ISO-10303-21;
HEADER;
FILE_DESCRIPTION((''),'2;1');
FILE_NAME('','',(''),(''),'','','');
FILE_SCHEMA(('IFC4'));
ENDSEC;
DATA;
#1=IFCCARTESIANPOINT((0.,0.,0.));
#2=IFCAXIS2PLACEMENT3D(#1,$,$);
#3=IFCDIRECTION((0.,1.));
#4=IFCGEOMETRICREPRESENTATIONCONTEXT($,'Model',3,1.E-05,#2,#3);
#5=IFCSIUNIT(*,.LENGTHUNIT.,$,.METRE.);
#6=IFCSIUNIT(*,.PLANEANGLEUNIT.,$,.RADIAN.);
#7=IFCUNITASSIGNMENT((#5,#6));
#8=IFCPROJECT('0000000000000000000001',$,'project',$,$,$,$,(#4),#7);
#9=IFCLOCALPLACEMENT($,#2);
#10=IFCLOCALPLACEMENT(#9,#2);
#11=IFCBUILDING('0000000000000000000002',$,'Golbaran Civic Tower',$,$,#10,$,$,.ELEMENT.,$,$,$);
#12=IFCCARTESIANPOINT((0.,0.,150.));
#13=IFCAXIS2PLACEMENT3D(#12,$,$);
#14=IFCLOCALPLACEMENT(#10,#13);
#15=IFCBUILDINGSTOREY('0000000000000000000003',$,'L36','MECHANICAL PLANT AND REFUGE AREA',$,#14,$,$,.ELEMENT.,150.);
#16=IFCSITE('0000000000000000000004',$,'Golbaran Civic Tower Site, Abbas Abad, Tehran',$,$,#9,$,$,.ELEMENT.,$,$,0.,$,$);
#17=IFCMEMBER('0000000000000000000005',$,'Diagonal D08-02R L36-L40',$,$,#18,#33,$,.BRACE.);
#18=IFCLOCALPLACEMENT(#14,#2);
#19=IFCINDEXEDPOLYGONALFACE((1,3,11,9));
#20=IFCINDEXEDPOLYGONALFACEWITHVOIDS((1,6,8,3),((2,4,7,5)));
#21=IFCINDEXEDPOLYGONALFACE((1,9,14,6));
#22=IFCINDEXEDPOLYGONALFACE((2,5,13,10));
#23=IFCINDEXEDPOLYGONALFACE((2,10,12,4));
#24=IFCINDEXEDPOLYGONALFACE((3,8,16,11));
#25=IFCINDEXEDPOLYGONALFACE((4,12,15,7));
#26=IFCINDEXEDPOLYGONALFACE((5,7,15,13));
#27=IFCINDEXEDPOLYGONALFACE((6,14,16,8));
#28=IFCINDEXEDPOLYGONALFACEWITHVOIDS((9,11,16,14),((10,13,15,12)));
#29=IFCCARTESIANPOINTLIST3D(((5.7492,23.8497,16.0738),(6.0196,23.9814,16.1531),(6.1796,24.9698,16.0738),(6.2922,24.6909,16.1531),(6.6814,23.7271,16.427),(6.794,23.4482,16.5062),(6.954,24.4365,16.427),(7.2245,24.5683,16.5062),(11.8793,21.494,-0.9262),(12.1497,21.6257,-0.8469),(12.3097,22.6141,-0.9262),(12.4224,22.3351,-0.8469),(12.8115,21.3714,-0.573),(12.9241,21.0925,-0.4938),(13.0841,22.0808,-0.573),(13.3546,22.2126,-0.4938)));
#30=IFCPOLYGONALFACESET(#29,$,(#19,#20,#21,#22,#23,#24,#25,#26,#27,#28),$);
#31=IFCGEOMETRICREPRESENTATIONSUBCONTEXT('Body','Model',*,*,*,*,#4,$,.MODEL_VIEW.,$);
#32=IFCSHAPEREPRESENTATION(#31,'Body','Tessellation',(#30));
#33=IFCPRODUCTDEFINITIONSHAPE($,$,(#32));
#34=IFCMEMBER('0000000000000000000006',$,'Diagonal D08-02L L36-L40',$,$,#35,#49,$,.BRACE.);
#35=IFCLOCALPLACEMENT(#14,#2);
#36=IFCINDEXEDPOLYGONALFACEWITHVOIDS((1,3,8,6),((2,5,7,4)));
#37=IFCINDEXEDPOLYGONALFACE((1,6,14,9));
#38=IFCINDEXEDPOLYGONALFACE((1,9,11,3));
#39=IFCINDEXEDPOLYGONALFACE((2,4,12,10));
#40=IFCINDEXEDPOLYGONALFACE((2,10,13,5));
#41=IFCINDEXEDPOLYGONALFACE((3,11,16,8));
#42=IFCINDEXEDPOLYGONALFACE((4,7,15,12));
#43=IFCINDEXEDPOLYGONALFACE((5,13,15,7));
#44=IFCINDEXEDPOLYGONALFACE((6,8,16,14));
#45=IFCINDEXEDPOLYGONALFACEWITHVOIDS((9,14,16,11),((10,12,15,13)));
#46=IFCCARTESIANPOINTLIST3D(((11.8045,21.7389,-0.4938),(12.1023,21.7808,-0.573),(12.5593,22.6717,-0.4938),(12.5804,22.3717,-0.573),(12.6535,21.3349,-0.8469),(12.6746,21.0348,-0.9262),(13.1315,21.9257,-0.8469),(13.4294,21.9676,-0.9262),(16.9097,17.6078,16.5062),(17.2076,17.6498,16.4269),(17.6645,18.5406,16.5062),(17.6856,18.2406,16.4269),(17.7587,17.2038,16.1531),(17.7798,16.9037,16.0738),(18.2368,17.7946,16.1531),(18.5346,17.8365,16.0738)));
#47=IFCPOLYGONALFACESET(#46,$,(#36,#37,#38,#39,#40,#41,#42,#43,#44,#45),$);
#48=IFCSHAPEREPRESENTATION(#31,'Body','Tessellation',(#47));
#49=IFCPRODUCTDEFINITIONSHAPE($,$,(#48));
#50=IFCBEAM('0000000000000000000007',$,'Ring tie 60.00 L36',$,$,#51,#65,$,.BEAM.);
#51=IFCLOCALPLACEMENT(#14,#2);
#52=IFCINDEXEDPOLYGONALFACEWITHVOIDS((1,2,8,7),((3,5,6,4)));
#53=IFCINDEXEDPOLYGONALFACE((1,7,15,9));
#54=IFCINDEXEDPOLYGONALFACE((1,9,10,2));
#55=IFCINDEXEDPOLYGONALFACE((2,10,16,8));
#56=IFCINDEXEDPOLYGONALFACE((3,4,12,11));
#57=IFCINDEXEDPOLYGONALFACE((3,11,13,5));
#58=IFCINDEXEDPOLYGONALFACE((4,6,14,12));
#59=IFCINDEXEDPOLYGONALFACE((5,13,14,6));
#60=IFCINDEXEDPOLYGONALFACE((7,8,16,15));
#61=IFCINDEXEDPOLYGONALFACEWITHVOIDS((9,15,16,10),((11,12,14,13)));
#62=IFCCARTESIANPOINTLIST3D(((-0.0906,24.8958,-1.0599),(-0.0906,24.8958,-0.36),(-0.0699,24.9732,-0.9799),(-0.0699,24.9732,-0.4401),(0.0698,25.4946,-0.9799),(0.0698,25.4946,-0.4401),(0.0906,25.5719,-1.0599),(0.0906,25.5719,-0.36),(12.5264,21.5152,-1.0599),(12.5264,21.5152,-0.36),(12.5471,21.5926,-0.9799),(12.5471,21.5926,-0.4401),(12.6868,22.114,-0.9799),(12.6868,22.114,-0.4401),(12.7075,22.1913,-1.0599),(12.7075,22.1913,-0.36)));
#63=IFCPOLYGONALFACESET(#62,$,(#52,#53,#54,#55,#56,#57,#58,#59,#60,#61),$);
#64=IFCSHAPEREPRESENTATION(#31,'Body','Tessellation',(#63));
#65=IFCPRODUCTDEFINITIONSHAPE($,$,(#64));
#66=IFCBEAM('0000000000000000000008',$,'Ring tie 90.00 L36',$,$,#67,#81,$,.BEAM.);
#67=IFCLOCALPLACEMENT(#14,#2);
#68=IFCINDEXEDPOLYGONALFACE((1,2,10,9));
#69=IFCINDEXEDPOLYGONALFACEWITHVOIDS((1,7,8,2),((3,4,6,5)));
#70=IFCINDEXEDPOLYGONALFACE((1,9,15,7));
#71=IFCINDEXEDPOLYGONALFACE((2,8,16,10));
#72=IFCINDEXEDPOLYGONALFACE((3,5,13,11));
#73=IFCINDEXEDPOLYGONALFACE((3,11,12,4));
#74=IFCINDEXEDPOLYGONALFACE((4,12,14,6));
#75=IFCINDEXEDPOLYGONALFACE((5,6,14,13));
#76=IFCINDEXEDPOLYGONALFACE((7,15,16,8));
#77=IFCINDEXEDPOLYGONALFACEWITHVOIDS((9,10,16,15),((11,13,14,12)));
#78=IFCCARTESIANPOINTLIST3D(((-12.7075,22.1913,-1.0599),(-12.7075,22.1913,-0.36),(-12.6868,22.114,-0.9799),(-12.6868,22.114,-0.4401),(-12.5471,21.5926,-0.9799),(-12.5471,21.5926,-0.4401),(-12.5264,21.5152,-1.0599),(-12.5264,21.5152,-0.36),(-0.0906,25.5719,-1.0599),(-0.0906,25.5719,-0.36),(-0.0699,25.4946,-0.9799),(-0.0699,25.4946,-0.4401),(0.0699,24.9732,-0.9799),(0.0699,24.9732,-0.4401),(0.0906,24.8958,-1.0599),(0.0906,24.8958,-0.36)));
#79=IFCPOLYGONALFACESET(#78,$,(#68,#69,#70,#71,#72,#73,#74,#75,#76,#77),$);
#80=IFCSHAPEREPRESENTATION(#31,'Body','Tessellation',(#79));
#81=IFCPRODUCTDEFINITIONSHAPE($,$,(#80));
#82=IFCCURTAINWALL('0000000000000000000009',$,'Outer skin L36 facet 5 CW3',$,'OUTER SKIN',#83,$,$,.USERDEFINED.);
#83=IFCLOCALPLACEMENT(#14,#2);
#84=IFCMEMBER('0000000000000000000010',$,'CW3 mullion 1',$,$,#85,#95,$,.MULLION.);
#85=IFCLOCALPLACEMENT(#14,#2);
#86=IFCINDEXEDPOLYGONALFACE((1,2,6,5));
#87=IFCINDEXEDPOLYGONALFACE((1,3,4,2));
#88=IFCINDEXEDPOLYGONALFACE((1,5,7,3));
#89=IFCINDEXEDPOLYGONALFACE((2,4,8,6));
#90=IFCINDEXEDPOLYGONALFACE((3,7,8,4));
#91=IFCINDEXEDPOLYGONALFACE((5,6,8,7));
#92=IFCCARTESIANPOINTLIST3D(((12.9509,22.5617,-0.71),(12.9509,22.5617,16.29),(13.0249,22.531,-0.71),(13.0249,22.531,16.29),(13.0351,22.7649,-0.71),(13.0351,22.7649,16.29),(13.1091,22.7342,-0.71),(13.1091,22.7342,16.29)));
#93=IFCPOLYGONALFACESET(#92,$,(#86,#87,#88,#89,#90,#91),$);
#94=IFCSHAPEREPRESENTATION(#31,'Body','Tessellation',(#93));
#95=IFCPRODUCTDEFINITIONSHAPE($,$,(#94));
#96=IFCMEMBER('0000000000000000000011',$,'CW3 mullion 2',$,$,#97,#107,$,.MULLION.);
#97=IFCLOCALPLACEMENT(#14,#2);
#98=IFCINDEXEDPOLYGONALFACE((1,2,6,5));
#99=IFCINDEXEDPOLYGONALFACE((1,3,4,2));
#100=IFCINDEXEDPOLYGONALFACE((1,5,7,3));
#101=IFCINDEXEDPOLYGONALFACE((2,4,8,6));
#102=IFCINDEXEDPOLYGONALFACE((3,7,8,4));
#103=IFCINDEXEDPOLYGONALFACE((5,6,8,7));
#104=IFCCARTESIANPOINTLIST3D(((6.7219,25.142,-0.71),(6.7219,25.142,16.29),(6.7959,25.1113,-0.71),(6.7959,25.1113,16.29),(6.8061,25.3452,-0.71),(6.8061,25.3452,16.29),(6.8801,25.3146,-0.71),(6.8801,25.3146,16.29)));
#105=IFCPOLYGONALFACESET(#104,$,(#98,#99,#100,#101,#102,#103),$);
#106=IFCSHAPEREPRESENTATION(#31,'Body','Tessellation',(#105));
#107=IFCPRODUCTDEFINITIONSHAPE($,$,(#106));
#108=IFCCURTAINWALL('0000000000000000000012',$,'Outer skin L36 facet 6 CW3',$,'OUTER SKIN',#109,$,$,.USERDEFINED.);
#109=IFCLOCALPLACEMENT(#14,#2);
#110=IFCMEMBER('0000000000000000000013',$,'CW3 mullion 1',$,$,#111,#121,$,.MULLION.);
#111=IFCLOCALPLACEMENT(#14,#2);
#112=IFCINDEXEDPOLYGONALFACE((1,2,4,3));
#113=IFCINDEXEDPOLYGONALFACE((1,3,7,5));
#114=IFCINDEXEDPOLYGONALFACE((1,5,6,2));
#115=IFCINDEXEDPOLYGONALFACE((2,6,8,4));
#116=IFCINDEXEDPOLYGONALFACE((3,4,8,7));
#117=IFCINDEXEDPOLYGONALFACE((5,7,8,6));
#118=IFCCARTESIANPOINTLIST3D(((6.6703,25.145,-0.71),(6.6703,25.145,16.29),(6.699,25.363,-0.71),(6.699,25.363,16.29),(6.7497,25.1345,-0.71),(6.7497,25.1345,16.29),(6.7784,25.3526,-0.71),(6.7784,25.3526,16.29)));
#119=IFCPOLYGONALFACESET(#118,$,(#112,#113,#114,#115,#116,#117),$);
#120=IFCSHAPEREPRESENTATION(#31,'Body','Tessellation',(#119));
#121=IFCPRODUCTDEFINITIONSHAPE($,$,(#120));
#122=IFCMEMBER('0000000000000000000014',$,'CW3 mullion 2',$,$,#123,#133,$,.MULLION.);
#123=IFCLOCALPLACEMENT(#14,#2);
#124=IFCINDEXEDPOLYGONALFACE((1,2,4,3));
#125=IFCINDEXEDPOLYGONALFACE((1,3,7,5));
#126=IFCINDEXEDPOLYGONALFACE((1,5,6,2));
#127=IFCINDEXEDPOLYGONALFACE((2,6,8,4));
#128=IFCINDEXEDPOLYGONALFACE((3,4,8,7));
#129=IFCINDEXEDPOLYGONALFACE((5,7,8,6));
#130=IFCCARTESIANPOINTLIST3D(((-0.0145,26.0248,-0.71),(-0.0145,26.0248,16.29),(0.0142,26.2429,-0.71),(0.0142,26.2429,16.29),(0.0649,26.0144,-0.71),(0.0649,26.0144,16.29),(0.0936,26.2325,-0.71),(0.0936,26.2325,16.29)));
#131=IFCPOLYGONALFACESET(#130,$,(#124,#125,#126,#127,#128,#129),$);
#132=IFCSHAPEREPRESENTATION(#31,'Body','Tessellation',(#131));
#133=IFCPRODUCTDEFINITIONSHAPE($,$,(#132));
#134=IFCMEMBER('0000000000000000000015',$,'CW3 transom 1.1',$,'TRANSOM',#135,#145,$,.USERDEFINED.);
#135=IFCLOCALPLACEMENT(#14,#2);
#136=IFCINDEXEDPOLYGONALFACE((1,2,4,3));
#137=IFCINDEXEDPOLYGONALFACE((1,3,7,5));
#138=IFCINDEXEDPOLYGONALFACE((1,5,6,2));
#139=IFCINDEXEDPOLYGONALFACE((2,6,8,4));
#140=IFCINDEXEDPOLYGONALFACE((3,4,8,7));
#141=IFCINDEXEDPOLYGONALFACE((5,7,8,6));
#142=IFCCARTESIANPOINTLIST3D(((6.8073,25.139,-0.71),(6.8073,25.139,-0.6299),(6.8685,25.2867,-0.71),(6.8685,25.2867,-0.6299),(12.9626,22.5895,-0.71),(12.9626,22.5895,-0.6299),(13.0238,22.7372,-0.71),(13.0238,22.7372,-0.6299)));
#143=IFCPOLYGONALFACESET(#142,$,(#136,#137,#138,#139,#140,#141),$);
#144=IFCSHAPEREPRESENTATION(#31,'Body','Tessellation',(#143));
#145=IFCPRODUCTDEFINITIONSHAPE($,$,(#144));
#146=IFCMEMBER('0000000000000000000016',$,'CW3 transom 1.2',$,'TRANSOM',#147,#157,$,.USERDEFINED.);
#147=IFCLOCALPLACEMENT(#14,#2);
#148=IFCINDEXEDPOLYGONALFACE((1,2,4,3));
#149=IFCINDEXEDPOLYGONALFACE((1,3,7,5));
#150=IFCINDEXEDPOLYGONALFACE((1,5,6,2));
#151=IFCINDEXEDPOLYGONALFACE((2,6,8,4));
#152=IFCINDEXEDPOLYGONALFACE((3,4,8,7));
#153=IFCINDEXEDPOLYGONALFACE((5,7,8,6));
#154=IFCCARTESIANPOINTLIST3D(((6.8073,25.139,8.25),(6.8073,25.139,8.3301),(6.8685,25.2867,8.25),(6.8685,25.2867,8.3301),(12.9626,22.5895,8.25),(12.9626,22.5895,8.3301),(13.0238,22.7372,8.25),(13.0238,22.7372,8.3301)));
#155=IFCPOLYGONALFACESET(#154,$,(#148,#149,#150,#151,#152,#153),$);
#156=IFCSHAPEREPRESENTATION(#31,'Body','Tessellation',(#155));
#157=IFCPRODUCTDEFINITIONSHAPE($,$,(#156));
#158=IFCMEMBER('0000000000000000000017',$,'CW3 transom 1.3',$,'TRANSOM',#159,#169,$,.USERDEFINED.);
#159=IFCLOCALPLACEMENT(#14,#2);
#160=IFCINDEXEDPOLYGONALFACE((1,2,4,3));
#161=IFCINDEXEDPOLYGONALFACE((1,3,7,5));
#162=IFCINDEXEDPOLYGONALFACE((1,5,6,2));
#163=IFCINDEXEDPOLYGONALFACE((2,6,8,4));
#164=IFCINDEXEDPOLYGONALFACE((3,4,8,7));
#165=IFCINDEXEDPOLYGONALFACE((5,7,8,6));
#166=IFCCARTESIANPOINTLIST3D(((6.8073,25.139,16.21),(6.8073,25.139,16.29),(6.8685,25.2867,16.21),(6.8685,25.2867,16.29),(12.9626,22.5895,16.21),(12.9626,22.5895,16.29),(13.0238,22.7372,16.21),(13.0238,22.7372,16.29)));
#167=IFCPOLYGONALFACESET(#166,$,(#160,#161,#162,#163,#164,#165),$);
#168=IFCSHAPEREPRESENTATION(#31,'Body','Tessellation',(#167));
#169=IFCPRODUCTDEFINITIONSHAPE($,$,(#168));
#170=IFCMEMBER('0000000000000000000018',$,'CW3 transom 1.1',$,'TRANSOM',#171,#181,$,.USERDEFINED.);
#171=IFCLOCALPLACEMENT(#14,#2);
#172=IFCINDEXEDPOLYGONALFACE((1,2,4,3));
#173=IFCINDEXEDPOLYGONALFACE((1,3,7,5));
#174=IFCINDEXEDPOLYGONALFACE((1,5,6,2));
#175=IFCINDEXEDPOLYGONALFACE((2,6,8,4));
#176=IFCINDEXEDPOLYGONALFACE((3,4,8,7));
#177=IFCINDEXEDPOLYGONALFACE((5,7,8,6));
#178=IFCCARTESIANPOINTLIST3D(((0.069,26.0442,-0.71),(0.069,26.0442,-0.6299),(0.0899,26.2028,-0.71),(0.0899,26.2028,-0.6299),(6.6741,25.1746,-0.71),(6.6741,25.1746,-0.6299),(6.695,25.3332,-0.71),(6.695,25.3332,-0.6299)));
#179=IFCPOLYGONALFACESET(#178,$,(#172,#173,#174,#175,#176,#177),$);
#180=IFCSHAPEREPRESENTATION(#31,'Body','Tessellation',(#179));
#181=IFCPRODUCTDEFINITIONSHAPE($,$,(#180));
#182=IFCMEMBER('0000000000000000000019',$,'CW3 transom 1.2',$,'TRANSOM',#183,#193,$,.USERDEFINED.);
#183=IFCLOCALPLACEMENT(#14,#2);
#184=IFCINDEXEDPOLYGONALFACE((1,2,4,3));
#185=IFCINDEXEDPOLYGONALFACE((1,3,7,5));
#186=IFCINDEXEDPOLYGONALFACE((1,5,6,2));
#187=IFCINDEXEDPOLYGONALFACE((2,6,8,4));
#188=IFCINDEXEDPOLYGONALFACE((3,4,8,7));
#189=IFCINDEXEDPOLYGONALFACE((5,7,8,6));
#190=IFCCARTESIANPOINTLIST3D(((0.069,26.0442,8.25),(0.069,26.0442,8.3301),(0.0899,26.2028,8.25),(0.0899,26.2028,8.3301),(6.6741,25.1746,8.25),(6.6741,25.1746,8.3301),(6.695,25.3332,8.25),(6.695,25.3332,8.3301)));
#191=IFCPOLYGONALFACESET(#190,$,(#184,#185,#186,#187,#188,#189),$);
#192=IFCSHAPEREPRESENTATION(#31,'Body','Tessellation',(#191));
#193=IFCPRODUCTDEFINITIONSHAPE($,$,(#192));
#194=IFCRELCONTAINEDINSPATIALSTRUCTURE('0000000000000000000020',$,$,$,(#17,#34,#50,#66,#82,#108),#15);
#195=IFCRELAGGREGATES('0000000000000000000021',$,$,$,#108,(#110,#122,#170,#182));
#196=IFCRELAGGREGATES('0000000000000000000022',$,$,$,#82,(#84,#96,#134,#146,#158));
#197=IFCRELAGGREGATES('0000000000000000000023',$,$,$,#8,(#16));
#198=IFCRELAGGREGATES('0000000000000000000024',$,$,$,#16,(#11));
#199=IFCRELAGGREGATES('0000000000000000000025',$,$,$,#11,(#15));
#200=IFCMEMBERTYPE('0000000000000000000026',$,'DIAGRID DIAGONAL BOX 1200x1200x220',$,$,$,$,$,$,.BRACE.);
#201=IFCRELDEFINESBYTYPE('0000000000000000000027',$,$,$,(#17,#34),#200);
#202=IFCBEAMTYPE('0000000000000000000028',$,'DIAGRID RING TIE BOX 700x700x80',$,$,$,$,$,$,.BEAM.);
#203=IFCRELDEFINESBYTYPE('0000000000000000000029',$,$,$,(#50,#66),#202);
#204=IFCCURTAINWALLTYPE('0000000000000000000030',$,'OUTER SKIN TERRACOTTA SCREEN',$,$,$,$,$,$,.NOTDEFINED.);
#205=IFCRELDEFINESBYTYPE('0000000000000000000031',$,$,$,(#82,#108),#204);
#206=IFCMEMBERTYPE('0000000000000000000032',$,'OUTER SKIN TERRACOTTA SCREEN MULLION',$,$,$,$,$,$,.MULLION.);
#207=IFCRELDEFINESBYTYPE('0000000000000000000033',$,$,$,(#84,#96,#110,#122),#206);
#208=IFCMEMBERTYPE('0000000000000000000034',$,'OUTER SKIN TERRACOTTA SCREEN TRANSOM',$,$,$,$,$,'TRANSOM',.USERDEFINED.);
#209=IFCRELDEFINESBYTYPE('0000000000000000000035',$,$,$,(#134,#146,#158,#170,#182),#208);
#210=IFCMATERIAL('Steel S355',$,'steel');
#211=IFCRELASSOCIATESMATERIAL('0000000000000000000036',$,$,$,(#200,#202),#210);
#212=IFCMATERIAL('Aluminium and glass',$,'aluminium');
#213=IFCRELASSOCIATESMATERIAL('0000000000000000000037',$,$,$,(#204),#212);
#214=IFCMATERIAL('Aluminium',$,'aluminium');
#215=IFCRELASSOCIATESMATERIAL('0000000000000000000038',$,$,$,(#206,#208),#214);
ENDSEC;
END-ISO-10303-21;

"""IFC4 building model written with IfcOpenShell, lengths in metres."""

from ifc_helpers import new_model, si_unit, direction, frame, origin, origin_2d, place, context, subcontext, project, spatial, rectangle, hollow_rectangle, extrude, material, material_profile, profile_set, type_object, element, aggregate, save


model = new_model("IFC4")

# Units and contexts
model_context = context("Model", 3, precision=1e-05, world=origin(), true_north=direction((0.0, 1.0)))
body_context = subcontext(model_context, "Body", "Model", "MODEL_VIEW")
ifc_project = project(units=[si_unit("LENGTHUNIT", "METRE"), si_unit("PLANEANGLEUNIT", "RADIAN")], contexts=[model_context])

# Site, building, storey
site_placement = place(None, origin())
site = spatial("IfcSite", under=ifc_project, at=site_placement, Name="Golbaran Civic Tower Site, Abbas Abad, Tehran", CompositionType="ELEMENT", RefElevation=0.0)
building_placement = place(site_placement, origin())
building = spatial("IfcBuilding", under=site, at=building_placement, Name="Golbaran Civic Tower", CompositionType="ELEMENT")
storey_placement = place(building_placement, frame((0.0, 0.0, 150.0)))
storey = spatial("IfcBuildingStorey", under=building, at=storey_placement, Name="L36", Description="MECHANICAL PLANT AND REFUGE AREA", CompositionType="ELEMENT", Elevation=150.0)

# Members
ifc_material_1 = material(Name="Steel S355", Category="steel")
ifc_material_profile_1 = material_profile(ifc_material_1, hollow_rectangle(XDim=1.2, YDim=1.2, WallThickness=0.22, at=origin_2d()), Name="BOX 1200x1200x220")
ifc_profile_set_1 = profile_set([ifc_material_profile_1], Name="Steel S355")
member_type_1 = type_object("IfcMemberType", Name="DIAGRID DIAGONAL BOX 1200x1200x220", PredefinedType="BRACE", material=ifc_profile_set_1)
for number, where, z_axis, x_axis, name in (
    (1, (12.6169, 21.8533, -0.71), (-0.33637, 0.129262, 0.932817), (-0.35871, -0.933449, 0.0), "Diagonal D08-02R L36-L40"),
    (2, (12.6169, 21.8533, -0.71), (0.280131, -0.22668, 0.932815), (0.629042, 0.777371, 0.0), "Diagonal D08-02L L36-L40"),
):
    element("IfcMember", number, at=place(storey_placement, frame(where, z_axis=z_axis, x_axis=x_axis)), inside=storey, type_object=member_type_1, Name=name, PredefinedType="BRACE", context=body_context, shape_type="SweptSolid", body=[
        extrude(hollow_rectangle(XDim=1.2, YDim=1.2, WallThickness=0.22, at=origin_2d()), origin(), (0.0, 0.0, 1.0), 18.2244),
    ])

# Beams
ifc_material_profile_2 = material_profile(ifc_material_1, hollow_rectangle(XDim=0.7, YDim=0.7, WallThickness=0.0801, at=origin_2d()), Name="BOX 700x700x80")
ifc_profile_set_2 = profile_set([ifc_material_profile_2], Name="Steel S355")
beam_type = type_object("IfcBeamType", Name="DIAGRID RING TIE BOX 700x700x80", PredefinedType="BEAM", material=ifc_profile_set_2)
for number, where, z_axis, x_axis, name in (
    (3, (12.6169, 21.8533, -0.71), (-0.965927, 0.258813, 0.0), (-0.258813, -0.965927, 0.0), "Ring tie 60.00 L36"),
    (4, (0.0, 25.2339, -0.71), (-0.965927, -0.258813, 0.0), (0.258813, -0.965927, 0.0), "Ring tie 90.00 L36"),
):
    element("IfcBeam", number, at=place(storey_placement, frame(where, z_axis=z_axis, x_axis=x_axis)), inside=storey, type_object=beam_type, Name=name, PredefinedType="BEAM", context=body_context, shape_type="SweptSolid", body=[
        extrude(hollow_rectangle(XDim=0.7, YDim=0.7, WallThickness=0.0801, at=origin_2d()), origin(), (0.0, 0.0, 1.0), 13.062),
    ])

# Curtain walls, members
ifc_material_2 = material(Name="Aluminium and glass", Category="aluminium")
curtain_wall_type_1 = type_object("IfcCurtainWallType", Name="OUTER SKIN TERRACOTTA SCREEN", PredefinedType="NOTDEFINED", material=ifc_material_2)
curtain_wall_1_placement = place(storey_placement, origin())
curtain_wall_1 = element("IfcCurtainWall", 5, at=curtain_wall_1_placement, inside=storey, type_object=curtain_wall_type_1, Name="Outer skin L36 facet 5 CW3", ObjectType="OUTER SKIN", PredefinedType="USERDEFINED")
ifc_material_3 = material(Name="Aluminium", Category="aluminium")
ifc_material_profile_3 = material_profile(ifc_material_3, rectangle(XDim=0.22, YDim=0.0801, at=origin_2d()), Name="OUTER SKIN TERRACOTTA SCREEN MULLION")
ifc_profile_set_3 = profile_set([ifc_material_profile_3], Name="Aluminium")
member_type_2 = type_object("IfcMemberType", Name="OUTER SKIN TERRACOTTA SCREEN MULLION", PredefinedType="MULLION", material=ifc_profile_set_3)
member_1_placement = place(storey_placement, frame((13.03, 22.6479, -0.71), z_axis=(0.0, 0.0, 1.0), x_axis=(-0.382683, -0.92388, 0.0)))
member_1 = element("IfcMember", 6, at=member_1_placement, type_object=member_type_2, Name="CW3 mullion 1", PredefinedType="MULLION", context=body_context, shape_type="SweptSolid", body=[
    extrude(rectangle(XDim=0.22, YDim=0.0801, at=origin_2d()), origin(), (0.0, 0.0, 1.0), 17.0),
])
member_2_placement = place(storey_placement, frame((6.801, 25.2283, -0.71), z_axis=(0.0, 0.0, 1.0), x_axis=(-0.382683, -0.92388, 0.0)))
member_2 = element("IfcMember", 7, at=member_2_placement, type_object=member_type_2, Name="CW3 mullion 2", PredefinedType="MULLION", context=body_context, shape_type="SweptSolid", body=[
    extrude(rectangle(XDim=0.22, YDim=0.0801, at=origin_2d()), origin(), (0.0, 0.0, 1.0), 17.0),
])
curtain_wall_2_placement = place(storey_placement, origin())
curtain_wall_2 = element("IfcCurtainWall", 8, at=curtain_wall_2_placement, inside=storey, type_object=curtain_wall_type_1, Name="Outer skin L36 facet 6 CW3", ObjectType="OUTER SKIN", PredefinedType="USERDEFINED")
member_3_placement = place(storey_placement, frame((6.7244, 25.2488, -0.71), z_axis=(0.0, 0.0, 1.0), x_axis=(-0.130526, -0.991445, 0.0)))
member_3 = element("IfcMember", 9, at=member_3_placement, type_object=member_type_2, Name="CW3 mullion 1", PredefinedType="MULLION", context=body_context, shape_type="SweptSolid", body=[
    extrude(rectangle(XDim=0.22, YDim=0.0801, at=origin_2d()), origin(), (0.0, 0.0, 1.0), 17.0),
])
member_4_placement = place(storey_placement, frame((0.0396, 26.1287, -0.71), z_axis=(0.0, 0.0, 1.0), x_axis=(-0.130526, -0.991445, 0.0)))
member_4 = element("IfcMember", 10, at=member_4_placement, type_object=member_type_2, Name="CW3 mullion 2", PredefinedType="MULLION", context=body_context, shape_type="SweptSolid", body=[
    extrude(rectangle(XDim=0.22, YDim=0.0801, at=origin_2d()), origin(), (0.0, 0.0, 1.0), 17.0),
])

# Members
ifc_material_profile_4 = material_profile(ifc_material_3, rectangle(XDim=0.1599, YDim=0.0801, at=origin_2d()), Name="OUTER SKIN TERRACOTTA SCREEN TRANSOM")
ifc_profile_set_4 = profile_set([ifc_material_profile_4], Name="Aluminium")
member_type_3 = type_object("IfcMemberType", Name="OUTER SKIN TERRACOTTA SCREEN TRANSOM", ElementType="TRANSOM", PredefinedType="USERDEFINED", material=ifc_profile_set_4)
member_5_placement = place(storey_placement, frame((12.9932, 22.6633, -0.6699), z_axis=(-0.923882, 0.382679, 0.0), x_axis=(-0.382679, -0.923882, 0.0)))
member_5 = element("IfcMember", 11, at=member_5_placement, type_object=member_type_3, Name="CW3 transom 1.1", ObjectType="TRANSOM", PredefinedType="USERDEFINED", context=body_context, shape_type="SweptSolid", body=[
    extrude(rectangle(XDim=0.1599, YDim=0.0801, at=origin_2d()), origin(), (0.0, 0.0, 1.0), 6.6624),
])
member_6_placement = place(storey_placement, frame((12.9932, 22.6633, 8.29), z_axis=(-0.923882, 0.382679, 0.0), x_axis=(-0.382679, -0.923882, 0.0)))
member_6 = element("IfcMember", 12, at=member_6_placement, type_object=member_type_3, Name="CW3 transom 1.2", ObjectType="TRANSOM", PredefinedType="USERDEFINED", context=body_context, shape_type="SweptSolid", body=[
    extrude(rectangle(XDim=0.1599, YDim=0.0801, at=origin_2d()), origin(), (0.0, 0.0, 1.0), 6.6624),
])
member_7_placement = place(storey_placement, frame((12.9932, 22.6633, 16.25), z_axis=(-0.923882, 0.382679, 0.0), x_axis=(-0.382679, -0.923882, 0.0)))
member_7 = element("IfcMember", 13, at=member_7_placement, type_object=member_type_3, Name="CW3 transom 1.3", ObjectType="TRANSOM", PredefinedType="USERDEFINED", context=body_context, shape_type="SweptSolid", body=[
    extrude(rectangle(XDim=0.1599, YDim=0.0801, at=origin_2d()), origin(), (0.0, 0.0, 1.0), 6.6624),
])
member_8_placement = place(storey_placement, frame((6.6846, 25.2539, -0.6699), z_axis=(-0.991444, 0.130531, 0.0), x_axis=(-0.130531, -0.991444, 0.0)))
member_8 = element("IfcMember", 14, at=member_8_placement, type_object=member_type_3, Name="CW3 transom 1.1", ObjectType="TRANSOM", PredefinedType="USERDEFINED", context=body_context, shape_type="SweptSolid", body=[
    extrude(rectangle(XDim=0.1599, YDim=0.0801, at=origin_2d()), origin(), (0.0, 0.0, 1.0), 6.6621),
])
member_9_placement = place(storey_placement, frame((6.6846, 25.2539, 8.29), z_axis=(-0.991444, 0.130531, 0.0), x_axis=(-0.130531, -0.991444, 0.0)))
member_9 = element("IfcMember", 15, at=member_9_placement, type_object=member_type_3, Name="CW3 transom 1.2", ObjectType="TRANSOM", PredefinedType="USERDEFINED", context=body_context, shape_type="SweptSolid", body=[
    extrude(rectangle(XDim=0.1599, YDim=0.0801, at=origin_2d()), origin(), (0.0, 0.0, 1.0), 6.6621),
])

aggregate(curtain_wall_2, [member_3, member_4, member_8, member_9])
aggregate(curtain_wall_1, [member_1, member_2, member_5, member_6, member_7])

save(model, "model.ifc")
